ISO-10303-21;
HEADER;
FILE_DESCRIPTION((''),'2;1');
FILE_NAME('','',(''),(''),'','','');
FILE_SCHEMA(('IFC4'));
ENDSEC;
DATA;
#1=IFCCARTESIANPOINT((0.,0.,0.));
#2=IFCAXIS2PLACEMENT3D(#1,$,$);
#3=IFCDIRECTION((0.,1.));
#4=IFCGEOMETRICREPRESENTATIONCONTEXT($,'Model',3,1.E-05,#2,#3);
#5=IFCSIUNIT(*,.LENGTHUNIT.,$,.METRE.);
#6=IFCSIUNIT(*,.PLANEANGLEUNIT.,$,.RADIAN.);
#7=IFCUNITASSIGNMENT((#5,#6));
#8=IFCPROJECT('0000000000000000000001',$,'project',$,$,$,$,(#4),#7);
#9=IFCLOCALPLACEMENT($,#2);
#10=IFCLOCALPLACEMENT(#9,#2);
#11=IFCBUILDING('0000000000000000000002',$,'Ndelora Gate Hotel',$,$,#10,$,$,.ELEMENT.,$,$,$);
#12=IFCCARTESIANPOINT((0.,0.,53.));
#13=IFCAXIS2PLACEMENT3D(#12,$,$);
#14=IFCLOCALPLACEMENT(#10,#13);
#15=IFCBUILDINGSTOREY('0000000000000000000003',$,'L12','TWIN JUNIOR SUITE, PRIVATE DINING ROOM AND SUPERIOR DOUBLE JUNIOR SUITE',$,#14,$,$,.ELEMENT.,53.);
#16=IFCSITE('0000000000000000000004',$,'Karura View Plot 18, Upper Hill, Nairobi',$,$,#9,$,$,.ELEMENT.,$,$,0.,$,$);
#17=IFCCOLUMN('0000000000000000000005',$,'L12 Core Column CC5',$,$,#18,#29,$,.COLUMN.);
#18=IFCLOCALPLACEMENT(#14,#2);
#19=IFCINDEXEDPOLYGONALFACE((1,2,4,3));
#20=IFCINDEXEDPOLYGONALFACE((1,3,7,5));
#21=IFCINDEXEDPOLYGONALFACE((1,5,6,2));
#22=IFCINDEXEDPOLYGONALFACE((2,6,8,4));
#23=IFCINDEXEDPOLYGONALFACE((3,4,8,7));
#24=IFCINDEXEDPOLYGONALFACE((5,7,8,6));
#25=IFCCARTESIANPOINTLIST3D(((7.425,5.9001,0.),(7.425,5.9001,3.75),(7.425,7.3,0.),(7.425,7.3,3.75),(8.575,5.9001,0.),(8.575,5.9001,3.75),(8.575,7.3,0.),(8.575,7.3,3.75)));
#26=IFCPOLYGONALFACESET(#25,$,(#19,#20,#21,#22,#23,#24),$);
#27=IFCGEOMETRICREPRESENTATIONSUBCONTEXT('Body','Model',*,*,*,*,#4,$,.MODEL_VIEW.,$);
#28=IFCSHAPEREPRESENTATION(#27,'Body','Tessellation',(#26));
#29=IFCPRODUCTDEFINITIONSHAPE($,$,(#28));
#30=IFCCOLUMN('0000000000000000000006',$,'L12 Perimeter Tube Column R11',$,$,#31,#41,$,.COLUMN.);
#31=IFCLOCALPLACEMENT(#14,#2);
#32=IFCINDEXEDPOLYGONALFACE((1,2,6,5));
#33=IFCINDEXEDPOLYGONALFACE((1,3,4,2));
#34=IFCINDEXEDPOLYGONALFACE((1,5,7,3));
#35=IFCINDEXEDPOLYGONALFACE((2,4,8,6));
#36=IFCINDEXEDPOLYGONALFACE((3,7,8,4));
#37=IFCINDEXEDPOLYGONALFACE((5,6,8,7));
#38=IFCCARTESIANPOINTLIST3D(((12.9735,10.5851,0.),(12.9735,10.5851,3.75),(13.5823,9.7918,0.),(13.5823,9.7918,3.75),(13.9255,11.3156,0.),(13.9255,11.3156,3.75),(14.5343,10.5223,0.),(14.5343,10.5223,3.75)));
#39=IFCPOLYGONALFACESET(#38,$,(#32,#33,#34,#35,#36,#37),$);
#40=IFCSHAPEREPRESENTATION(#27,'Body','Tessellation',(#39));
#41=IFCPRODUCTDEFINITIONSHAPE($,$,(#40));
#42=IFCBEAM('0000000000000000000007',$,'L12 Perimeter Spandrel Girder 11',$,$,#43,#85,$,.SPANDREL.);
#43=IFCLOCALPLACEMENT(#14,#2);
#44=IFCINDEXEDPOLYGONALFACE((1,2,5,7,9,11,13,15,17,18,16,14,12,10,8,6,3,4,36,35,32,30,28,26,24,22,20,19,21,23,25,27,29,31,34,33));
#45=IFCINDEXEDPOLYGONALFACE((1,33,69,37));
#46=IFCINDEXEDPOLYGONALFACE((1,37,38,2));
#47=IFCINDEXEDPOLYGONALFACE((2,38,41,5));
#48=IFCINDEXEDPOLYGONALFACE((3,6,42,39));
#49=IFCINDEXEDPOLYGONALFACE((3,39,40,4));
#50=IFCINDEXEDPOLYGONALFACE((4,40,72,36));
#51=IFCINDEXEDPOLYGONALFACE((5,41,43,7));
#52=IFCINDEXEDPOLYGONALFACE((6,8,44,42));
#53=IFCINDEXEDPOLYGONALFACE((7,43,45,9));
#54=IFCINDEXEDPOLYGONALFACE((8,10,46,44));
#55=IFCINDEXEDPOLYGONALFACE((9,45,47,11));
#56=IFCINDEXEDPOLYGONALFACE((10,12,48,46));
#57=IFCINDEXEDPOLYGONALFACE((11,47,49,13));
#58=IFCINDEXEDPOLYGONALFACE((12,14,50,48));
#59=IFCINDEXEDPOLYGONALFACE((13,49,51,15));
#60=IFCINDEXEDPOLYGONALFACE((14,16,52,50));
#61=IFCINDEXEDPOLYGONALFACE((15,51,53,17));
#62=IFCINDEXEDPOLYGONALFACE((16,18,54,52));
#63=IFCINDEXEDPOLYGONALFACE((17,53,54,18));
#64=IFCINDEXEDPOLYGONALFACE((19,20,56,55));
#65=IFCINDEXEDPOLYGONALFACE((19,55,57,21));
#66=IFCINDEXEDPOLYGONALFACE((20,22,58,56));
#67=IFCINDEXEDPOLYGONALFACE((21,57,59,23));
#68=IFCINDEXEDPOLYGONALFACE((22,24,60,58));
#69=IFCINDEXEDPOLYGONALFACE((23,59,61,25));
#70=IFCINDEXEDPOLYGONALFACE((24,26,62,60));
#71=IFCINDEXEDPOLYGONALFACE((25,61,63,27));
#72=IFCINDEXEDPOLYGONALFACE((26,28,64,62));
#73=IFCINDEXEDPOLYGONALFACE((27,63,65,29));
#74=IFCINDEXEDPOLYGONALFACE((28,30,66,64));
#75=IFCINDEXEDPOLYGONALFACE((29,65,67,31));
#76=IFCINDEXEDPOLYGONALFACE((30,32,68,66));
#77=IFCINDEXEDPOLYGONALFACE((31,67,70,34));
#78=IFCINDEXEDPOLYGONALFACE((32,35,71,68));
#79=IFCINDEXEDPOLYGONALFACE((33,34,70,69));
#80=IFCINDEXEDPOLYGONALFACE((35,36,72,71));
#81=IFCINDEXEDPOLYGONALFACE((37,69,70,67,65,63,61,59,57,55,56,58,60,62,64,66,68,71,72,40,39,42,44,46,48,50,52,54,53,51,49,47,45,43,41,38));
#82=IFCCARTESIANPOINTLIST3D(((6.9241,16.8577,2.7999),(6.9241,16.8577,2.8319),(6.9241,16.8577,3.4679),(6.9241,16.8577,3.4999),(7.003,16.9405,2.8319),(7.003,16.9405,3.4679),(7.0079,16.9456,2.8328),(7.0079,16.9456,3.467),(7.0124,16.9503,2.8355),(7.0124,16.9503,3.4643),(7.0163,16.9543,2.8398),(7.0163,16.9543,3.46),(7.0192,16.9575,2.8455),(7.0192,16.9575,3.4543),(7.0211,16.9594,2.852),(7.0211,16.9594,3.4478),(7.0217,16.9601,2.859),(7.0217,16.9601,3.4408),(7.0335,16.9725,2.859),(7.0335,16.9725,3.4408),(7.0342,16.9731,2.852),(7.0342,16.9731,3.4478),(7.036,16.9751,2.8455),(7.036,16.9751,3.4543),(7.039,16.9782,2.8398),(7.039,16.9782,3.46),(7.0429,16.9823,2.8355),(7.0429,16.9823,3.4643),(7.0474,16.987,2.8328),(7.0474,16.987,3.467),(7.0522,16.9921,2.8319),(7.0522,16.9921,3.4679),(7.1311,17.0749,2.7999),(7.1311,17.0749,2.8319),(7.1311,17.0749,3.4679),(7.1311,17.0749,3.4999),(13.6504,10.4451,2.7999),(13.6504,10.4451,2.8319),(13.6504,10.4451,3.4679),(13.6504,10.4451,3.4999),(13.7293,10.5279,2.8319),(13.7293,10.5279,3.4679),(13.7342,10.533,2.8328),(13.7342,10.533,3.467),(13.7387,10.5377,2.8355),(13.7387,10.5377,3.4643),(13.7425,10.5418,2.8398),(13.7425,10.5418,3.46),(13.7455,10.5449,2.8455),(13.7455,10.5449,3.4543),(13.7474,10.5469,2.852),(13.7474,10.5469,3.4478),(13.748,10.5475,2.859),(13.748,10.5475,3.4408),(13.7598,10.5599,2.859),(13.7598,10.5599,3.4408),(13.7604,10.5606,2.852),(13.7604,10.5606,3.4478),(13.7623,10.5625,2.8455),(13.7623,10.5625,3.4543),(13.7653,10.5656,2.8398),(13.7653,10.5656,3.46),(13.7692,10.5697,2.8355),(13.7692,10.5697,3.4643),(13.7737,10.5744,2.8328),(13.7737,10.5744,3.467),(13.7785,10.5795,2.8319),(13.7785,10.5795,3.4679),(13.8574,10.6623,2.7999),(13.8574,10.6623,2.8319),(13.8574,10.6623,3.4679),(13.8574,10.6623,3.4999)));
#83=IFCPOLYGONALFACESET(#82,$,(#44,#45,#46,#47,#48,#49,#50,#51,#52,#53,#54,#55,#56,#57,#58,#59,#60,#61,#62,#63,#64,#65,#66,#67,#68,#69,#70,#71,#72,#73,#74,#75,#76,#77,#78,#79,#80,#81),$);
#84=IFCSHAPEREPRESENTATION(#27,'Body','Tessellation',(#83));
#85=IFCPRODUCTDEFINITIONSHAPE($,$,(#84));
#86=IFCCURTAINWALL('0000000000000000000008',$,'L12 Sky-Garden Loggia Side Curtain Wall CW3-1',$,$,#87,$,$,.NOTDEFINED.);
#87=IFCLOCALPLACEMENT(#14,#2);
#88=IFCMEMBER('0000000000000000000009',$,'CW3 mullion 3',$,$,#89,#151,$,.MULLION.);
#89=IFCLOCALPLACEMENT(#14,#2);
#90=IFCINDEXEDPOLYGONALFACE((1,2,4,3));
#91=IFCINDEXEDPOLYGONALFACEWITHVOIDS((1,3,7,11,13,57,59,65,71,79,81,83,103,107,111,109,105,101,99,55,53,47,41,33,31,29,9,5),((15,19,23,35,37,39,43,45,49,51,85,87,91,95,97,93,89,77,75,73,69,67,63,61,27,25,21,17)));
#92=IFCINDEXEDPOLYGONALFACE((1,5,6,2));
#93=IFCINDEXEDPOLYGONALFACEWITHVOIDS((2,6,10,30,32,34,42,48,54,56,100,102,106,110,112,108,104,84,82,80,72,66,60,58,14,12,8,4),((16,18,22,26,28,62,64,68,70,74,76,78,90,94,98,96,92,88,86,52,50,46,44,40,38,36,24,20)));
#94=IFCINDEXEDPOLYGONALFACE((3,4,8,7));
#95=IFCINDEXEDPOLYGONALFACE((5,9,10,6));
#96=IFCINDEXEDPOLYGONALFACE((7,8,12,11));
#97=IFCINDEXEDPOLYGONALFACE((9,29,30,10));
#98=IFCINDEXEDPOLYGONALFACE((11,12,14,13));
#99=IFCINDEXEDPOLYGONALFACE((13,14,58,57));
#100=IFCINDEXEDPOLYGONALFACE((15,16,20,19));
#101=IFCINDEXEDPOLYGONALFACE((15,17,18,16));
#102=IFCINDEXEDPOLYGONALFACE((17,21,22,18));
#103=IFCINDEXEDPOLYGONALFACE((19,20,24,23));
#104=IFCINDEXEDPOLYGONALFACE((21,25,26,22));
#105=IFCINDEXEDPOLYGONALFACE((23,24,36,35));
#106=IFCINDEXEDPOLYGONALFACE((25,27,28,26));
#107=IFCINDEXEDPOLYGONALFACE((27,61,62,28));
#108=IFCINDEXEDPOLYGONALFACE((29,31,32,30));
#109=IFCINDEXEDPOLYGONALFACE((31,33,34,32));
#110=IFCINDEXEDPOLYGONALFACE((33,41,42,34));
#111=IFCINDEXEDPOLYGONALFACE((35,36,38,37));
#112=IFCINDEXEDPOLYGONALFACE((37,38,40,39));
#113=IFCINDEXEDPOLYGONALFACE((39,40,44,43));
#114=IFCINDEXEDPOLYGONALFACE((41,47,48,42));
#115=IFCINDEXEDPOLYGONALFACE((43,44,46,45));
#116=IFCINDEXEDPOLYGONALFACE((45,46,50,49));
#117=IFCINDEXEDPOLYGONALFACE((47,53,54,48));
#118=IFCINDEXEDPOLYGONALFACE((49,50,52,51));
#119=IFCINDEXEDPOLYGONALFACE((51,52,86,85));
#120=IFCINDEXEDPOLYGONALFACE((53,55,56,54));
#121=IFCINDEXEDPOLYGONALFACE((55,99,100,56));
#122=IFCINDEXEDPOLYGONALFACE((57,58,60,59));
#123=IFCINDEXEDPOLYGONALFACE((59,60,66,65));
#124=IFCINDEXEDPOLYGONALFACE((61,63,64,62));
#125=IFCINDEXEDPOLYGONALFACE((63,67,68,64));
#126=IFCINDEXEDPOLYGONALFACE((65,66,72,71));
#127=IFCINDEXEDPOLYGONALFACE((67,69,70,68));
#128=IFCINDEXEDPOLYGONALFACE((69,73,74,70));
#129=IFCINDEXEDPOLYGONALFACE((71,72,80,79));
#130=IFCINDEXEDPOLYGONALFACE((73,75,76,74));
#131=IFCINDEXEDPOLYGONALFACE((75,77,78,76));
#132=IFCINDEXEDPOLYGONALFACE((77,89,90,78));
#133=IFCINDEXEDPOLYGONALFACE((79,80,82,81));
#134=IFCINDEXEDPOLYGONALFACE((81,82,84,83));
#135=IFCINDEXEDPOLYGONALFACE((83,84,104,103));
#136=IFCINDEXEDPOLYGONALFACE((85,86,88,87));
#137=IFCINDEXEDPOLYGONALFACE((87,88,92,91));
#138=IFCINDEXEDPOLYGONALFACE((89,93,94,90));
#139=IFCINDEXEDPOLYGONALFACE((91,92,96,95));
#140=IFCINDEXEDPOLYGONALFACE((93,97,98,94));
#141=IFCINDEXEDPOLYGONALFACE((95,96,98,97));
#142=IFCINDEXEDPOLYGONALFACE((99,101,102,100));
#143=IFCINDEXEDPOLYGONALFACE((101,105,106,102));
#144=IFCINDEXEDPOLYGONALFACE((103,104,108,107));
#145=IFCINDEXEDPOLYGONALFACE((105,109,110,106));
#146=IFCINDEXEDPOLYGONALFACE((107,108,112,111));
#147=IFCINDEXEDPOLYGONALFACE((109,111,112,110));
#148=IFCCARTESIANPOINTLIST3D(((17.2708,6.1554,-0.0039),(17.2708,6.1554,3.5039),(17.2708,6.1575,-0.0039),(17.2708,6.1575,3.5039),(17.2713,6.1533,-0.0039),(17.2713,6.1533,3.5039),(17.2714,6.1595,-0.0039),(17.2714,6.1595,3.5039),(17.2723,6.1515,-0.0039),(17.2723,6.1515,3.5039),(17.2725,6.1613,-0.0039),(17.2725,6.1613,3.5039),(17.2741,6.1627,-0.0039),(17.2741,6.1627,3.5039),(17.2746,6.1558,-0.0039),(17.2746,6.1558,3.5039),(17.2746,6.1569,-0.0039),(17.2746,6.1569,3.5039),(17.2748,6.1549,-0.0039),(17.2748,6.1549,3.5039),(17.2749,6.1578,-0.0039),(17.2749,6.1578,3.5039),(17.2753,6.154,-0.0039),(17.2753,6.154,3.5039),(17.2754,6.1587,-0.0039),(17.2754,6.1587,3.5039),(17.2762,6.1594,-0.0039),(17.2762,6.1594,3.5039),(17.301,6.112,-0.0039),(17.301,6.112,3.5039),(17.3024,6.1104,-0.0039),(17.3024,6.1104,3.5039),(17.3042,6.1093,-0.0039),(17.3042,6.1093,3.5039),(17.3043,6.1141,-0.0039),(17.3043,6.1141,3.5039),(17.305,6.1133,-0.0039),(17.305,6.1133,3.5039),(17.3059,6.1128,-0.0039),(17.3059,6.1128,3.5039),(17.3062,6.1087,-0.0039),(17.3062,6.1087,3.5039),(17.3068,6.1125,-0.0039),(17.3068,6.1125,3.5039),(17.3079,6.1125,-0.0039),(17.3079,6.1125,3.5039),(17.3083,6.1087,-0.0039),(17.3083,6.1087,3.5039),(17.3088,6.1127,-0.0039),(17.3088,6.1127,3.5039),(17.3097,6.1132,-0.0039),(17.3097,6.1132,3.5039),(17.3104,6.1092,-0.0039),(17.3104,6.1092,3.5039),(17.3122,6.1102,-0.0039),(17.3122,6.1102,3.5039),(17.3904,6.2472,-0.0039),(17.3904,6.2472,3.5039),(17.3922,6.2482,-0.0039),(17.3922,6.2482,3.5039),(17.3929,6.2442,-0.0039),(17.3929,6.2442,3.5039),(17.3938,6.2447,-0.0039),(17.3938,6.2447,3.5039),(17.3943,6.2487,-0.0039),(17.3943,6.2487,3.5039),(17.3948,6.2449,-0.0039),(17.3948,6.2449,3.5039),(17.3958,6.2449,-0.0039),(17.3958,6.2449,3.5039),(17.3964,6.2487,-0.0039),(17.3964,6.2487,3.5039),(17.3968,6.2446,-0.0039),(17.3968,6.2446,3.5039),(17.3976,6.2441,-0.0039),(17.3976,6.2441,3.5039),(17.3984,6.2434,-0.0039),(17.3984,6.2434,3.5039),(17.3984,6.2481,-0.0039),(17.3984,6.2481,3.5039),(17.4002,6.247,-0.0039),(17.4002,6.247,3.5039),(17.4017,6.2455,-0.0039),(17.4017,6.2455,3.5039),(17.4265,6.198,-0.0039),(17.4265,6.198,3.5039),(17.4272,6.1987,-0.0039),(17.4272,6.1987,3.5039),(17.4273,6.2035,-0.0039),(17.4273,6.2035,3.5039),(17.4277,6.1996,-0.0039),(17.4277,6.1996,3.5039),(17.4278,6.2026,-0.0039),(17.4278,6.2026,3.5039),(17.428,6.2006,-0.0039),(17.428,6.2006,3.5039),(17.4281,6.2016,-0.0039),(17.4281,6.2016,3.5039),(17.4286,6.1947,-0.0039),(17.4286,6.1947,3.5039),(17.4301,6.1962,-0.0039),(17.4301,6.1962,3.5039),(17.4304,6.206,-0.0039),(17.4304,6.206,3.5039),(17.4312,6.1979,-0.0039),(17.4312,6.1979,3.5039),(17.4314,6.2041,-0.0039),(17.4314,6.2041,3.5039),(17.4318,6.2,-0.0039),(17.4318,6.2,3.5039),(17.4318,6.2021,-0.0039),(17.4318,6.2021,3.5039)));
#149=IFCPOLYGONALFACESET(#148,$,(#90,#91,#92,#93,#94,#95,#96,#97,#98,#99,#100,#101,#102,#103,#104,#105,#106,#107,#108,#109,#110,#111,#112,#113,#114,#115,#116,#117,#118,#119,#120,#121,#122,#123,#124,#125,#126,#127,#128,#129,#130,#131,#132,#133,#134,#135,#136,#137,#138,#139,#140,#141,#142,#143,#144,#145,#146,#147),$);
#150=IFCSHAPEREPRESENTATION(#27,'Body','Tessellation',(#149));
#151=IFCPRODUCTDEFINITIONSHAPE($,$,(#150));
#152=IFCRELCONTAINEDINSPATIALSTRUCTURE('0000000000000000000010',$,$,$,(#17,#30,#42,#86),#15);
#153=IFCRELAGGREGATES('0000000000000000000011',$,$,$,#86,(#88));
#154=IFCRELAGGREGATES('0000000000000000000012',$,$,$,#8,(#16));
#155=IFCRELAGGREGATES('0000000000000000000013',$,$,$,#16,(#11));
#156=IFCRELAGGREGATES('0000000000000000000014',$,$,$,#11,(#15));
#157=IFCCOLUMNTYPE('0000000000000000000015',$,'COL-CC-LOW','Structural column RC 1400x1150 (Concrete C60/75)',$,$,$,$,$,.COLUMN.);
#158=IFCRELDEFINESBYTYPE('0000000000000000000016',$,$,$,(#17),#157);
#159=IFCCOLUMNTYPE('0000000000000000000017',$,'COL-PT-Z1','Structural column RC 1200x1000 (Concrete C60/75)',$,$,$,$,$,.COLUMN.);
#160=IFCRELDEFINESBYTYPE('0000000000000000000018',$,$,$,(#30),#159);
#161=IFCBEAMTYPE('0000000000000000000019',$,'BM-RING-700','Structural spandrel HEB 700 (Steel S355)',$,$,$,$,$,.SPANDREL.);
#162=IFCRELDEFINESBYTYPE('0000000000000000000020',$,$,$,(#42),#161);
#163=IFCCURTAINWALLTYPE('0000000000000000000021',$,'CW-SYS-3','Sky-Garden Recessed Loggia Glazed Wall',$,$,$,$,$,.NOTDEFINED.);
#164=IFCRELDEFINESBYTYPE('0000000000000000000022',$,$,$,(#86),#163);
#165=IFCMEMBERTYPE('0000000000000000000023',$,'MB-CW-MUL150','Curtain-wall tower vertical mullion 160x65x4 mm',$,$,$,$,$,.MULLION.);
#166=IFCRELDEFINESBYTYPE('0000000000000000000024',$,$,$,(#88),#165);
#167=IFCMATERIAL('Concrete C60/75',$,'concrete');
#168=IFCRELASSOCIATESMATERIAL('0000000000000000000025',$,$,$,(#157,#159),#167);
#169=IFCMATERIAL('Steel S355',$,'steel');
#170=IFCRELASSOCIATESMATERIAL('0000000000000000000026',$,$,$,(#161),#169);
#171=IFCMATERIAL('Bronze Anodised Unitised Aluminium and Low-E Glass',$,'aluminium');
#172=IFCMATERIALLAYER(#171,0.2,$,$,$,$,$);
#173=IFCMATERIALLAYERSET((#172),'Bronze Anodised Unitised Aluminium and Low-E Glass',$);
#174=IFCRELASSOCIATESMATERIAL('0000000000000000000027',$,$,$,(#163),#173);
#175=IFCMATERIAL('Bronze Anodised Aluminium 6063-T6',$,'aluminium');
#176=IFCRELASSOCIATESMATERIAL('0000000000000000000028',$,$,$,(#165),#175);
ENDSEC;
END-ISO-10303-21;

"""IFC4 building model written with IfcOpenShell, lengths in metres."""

from ifc_helpers import new_model, si_unit, direction, frame, origin, origin_2d, place, context, subcontext, project, spatial, rectangle, hollow_rectangle, i_section, extrude, material, layer, layer_set, material_profile, profile_set, type_object, element, aggregate, save


model = new_model("IFC4")

# Units and contexts
model_context = context("Model", 3, precision=1e-05, world=origin(), true_north=direction((0.0, 1.0)))
body_context = subcontext(model_context, "Body", "Model", "MODEL_VIEW")
ifc_project = project(units=[si_unit("LENGTHUNIT", "METRE"), si_unit("PLANEANGLEUNIT", "RADIAN")], contexts=[model_context])

# Site, building, storey
site_placement = place(None, origin())
site = spatial("IfcSite", under=ifc_project, at=site_placement, Name="Karura View Plot 18, Upper Hill, Nairobi", CompositionType="ELEMENT", RefElevation=0.0)
building_placement = place(site_placement, origin())
building = spatial("IfcBuilding", under=site, at=building_placement, Name="Ndelora Gate Hotel", CompositionType="ELEMENT")
storey_placement = place(building_placement, frame((0.0, 0.0, 53.0)))
storey = spatial("IfcBuildingStorey", under=building, at=storey_placement, Name="L12", Description="TWIN JUNIOR SUITE, PRIVATE DINING ROOM AND SUPERIOR DOUBLE JUNIOR SUITE", CompositionType="ELEMENT", Elevation=53.0)

# Columns
ifc_material_1 = material(Name="Concrete C60/75", Category="concrete")
ifc_material_profile_1 = material_profile(ifc_material_1, rectangle(XDim=1.1499, YDim=1.3999, at=origin_2d()), Name="RC 1400x1150")
ifc_profile_set_1 = profile_set([ifc_material_profile_1], Name="Concrete C60/75")
column_type_1 = type_object("IfcColumnType", Name="COL-CC-LOW", Description="Structural column RC 1400x1150 (Concrete C60/75)", PredefinedType="COLUMN", material=ifc_profile_set_1)
column_1_placement = place(storey_placement, frame((8.0, 6.6001, 0.0), z_axis=(0.0, 0.0, 1.0), x_axis=(1.0, 0.0, 0.0)))
element("IfcColumn", 1, at=column_1_placement, inside=storey, type_object=column_type_1, Name="L12 Core Column CC5", PredefinedType="COLUMN", context=body_context, shape_type="SweptSolid", body=[
    extrude(rectangle(XDim=1.1499, YDim=1.3999, at=origin_2d()), origin(), (0.0, 0.0, 1.0), 3.75),
])
ifc_material_profile_2 = material_profile(ifc_material_1, rectangle(XDim=1.0, YDim=1.2, at=origin_2d()), Name="RC 1200x1000")
ifc_profile_set_2 = profile_set([ifc_material_profile_2], Name="Concrete C60/75")
column_type_2 = type_object("IfcColumnType", Name="COL-PT-Z1", Description="Structural column RC 1200x1000 (Concrete C60/75)", PredefinedType="COLUMN", material=ifc_profile_set_2)
column_2_placement = place(storey_placement, frame((13.7539, 10.5537, 0.0), z_axis=(0.0, 0.0, 1.0), x_axis=(-0.608761, 0.793353, 0.0)))
element("IfcColumn", 2, at=column_2_placement, inside=storey, type_object=column_type_2, Name="L12 Perimeter Tube Column R11", PredefinedType="COLUMN", context=body_context, shape_type="SweptSolid", body=[
    extrude(rectangle(XDim=1.0, YDim=1.2, at=origin_2d()), origin(), (0.0, 0.0, 1.0), 3.75),
])

# Beam
ifc_material_2 = material(Name="Steel S355", Category="steel")
ifc_material_profile_3 = material_profile(ifc_material_2, i_section(OverallWidth=0.3, OverallDepth=0.7, WebThickness=0.0171, FlangeThickness=0.032, FilletRadius=0.0271, at=origin_2d()), Name="HEB 700")
ifc_profile_set_3 = profile_set([ifc_material_profile_3], Name="Steel S355")
beam_type = type_object("IfcBeamType", Name="BM-RING-700", Description="Structural spandrel HEB 700 (Steel S355)", PredefinedType="SPANDREL", material=ifc_profile_set_3)
beam_placement = place(storey_placement, frame((13.7539, 10.5537, 3.1499), z_axis=(-0.723784, 0.690026, 0.0), x_axis=(-0.690026, -0.723784, 0.0)))
element("IfcBeam", 3, at=beam_placement, inside=storey, type_object=beam_type, Name="L12 Perimeter Spandrel Girder 11", PredefinedType="SPANDREL", context=body_context, shape_type="SweptSolid", body=[
    extrude(i_section(OverallWidth=0.3, OverallDepth=0.7, WebThickness=0.0171, FlangeThickness=0.032, FilletRadius=0.0271, at=origin_2d()), origin(), (0.0, 0.0, 1.0), 9.2932),
])

# Curtain wall, member
ifc_material_3 = material(Name="Bronze Anodised Unitised Aluminium and Low-E Glass", Category="aluminium")
ifc_layer_1 = layer(ifc_material_3, 0.2)
ifc_layer_set_1 = layer_set([ifc_layer_1], Name="Bronze Anodised Unitised Aluminium and Low-E Glass")
curtain_wall_type = type_object("IfcCurtainWallType", Name="CW-SYS-3", Description="Sky-Garden Recessed Loggia Glazed Wall", PredefinedType="NOTDEFINED", material=ifc_layer_set_1)
curtain_wall_1_placement = place(storey_placement, origin())
curtain_wall_1 = element("IfcCurtainWall", 4, at=curtain_wall_1_placement, inside=storey, type_object=curtain_wall_type, Name="L12 Sky-Garden Loggia Side Curtain Wall CW3-1", PredefinedType="NOTDEFINED")
ifc_material_4 = material(Name="Bronze Anodised Aluminium 6063-T6", Category="aluminium")
ifc_material_profile_4 = material_profile(ifc_material_4, hollow_rectangle(XDim=0.0649, YDim=0.1599, WallThickness=0.0039, InnerFilletRadius=0.0039, OuterFilletRadius=0.0081, at=origin_2d()), Name="ALU 160x65x4")
ifc_profile_set_4 = profile_set([ifc_material_profile_4], Name="Bronze Anodised Aluminium 6063-T6")
member_type_1 = type_object("IfcMemberType", Name="MB-CW-MUL150", Description="Curtain-wall tower vertical mullion 160x65x4 mm", PredefinedType="MULLION", material=ifc_profile_set_4)
member_1_placement = place(storey_placement, frame((17.3513, 6.1787, -0.0039), z_axis=(0.0, 0.0, 1.0), x_axis=(-0.587785, 0.809017, 0.0)))
member_1 = element("IfcMember", 5, at=member_1_placement, type_object=member_type_1, Name="CW3 mullion 3", PredefinedType="MULLION", context=body_context, shape_type="SweptSolid", body=[
    extrude(hollow_rectangle(XDim=0.0649, YDim=0.1599, WallThickness=0.0039, InnerFilletRadius=0.0039, OuterFilletRadius=0.0081, at=origin_2d()), origin(), (0.0, 0.0, 1.0), 3.5078),
])

aggregate(curtain_wall_1, [member_1])

save(model, "model.ifc")
